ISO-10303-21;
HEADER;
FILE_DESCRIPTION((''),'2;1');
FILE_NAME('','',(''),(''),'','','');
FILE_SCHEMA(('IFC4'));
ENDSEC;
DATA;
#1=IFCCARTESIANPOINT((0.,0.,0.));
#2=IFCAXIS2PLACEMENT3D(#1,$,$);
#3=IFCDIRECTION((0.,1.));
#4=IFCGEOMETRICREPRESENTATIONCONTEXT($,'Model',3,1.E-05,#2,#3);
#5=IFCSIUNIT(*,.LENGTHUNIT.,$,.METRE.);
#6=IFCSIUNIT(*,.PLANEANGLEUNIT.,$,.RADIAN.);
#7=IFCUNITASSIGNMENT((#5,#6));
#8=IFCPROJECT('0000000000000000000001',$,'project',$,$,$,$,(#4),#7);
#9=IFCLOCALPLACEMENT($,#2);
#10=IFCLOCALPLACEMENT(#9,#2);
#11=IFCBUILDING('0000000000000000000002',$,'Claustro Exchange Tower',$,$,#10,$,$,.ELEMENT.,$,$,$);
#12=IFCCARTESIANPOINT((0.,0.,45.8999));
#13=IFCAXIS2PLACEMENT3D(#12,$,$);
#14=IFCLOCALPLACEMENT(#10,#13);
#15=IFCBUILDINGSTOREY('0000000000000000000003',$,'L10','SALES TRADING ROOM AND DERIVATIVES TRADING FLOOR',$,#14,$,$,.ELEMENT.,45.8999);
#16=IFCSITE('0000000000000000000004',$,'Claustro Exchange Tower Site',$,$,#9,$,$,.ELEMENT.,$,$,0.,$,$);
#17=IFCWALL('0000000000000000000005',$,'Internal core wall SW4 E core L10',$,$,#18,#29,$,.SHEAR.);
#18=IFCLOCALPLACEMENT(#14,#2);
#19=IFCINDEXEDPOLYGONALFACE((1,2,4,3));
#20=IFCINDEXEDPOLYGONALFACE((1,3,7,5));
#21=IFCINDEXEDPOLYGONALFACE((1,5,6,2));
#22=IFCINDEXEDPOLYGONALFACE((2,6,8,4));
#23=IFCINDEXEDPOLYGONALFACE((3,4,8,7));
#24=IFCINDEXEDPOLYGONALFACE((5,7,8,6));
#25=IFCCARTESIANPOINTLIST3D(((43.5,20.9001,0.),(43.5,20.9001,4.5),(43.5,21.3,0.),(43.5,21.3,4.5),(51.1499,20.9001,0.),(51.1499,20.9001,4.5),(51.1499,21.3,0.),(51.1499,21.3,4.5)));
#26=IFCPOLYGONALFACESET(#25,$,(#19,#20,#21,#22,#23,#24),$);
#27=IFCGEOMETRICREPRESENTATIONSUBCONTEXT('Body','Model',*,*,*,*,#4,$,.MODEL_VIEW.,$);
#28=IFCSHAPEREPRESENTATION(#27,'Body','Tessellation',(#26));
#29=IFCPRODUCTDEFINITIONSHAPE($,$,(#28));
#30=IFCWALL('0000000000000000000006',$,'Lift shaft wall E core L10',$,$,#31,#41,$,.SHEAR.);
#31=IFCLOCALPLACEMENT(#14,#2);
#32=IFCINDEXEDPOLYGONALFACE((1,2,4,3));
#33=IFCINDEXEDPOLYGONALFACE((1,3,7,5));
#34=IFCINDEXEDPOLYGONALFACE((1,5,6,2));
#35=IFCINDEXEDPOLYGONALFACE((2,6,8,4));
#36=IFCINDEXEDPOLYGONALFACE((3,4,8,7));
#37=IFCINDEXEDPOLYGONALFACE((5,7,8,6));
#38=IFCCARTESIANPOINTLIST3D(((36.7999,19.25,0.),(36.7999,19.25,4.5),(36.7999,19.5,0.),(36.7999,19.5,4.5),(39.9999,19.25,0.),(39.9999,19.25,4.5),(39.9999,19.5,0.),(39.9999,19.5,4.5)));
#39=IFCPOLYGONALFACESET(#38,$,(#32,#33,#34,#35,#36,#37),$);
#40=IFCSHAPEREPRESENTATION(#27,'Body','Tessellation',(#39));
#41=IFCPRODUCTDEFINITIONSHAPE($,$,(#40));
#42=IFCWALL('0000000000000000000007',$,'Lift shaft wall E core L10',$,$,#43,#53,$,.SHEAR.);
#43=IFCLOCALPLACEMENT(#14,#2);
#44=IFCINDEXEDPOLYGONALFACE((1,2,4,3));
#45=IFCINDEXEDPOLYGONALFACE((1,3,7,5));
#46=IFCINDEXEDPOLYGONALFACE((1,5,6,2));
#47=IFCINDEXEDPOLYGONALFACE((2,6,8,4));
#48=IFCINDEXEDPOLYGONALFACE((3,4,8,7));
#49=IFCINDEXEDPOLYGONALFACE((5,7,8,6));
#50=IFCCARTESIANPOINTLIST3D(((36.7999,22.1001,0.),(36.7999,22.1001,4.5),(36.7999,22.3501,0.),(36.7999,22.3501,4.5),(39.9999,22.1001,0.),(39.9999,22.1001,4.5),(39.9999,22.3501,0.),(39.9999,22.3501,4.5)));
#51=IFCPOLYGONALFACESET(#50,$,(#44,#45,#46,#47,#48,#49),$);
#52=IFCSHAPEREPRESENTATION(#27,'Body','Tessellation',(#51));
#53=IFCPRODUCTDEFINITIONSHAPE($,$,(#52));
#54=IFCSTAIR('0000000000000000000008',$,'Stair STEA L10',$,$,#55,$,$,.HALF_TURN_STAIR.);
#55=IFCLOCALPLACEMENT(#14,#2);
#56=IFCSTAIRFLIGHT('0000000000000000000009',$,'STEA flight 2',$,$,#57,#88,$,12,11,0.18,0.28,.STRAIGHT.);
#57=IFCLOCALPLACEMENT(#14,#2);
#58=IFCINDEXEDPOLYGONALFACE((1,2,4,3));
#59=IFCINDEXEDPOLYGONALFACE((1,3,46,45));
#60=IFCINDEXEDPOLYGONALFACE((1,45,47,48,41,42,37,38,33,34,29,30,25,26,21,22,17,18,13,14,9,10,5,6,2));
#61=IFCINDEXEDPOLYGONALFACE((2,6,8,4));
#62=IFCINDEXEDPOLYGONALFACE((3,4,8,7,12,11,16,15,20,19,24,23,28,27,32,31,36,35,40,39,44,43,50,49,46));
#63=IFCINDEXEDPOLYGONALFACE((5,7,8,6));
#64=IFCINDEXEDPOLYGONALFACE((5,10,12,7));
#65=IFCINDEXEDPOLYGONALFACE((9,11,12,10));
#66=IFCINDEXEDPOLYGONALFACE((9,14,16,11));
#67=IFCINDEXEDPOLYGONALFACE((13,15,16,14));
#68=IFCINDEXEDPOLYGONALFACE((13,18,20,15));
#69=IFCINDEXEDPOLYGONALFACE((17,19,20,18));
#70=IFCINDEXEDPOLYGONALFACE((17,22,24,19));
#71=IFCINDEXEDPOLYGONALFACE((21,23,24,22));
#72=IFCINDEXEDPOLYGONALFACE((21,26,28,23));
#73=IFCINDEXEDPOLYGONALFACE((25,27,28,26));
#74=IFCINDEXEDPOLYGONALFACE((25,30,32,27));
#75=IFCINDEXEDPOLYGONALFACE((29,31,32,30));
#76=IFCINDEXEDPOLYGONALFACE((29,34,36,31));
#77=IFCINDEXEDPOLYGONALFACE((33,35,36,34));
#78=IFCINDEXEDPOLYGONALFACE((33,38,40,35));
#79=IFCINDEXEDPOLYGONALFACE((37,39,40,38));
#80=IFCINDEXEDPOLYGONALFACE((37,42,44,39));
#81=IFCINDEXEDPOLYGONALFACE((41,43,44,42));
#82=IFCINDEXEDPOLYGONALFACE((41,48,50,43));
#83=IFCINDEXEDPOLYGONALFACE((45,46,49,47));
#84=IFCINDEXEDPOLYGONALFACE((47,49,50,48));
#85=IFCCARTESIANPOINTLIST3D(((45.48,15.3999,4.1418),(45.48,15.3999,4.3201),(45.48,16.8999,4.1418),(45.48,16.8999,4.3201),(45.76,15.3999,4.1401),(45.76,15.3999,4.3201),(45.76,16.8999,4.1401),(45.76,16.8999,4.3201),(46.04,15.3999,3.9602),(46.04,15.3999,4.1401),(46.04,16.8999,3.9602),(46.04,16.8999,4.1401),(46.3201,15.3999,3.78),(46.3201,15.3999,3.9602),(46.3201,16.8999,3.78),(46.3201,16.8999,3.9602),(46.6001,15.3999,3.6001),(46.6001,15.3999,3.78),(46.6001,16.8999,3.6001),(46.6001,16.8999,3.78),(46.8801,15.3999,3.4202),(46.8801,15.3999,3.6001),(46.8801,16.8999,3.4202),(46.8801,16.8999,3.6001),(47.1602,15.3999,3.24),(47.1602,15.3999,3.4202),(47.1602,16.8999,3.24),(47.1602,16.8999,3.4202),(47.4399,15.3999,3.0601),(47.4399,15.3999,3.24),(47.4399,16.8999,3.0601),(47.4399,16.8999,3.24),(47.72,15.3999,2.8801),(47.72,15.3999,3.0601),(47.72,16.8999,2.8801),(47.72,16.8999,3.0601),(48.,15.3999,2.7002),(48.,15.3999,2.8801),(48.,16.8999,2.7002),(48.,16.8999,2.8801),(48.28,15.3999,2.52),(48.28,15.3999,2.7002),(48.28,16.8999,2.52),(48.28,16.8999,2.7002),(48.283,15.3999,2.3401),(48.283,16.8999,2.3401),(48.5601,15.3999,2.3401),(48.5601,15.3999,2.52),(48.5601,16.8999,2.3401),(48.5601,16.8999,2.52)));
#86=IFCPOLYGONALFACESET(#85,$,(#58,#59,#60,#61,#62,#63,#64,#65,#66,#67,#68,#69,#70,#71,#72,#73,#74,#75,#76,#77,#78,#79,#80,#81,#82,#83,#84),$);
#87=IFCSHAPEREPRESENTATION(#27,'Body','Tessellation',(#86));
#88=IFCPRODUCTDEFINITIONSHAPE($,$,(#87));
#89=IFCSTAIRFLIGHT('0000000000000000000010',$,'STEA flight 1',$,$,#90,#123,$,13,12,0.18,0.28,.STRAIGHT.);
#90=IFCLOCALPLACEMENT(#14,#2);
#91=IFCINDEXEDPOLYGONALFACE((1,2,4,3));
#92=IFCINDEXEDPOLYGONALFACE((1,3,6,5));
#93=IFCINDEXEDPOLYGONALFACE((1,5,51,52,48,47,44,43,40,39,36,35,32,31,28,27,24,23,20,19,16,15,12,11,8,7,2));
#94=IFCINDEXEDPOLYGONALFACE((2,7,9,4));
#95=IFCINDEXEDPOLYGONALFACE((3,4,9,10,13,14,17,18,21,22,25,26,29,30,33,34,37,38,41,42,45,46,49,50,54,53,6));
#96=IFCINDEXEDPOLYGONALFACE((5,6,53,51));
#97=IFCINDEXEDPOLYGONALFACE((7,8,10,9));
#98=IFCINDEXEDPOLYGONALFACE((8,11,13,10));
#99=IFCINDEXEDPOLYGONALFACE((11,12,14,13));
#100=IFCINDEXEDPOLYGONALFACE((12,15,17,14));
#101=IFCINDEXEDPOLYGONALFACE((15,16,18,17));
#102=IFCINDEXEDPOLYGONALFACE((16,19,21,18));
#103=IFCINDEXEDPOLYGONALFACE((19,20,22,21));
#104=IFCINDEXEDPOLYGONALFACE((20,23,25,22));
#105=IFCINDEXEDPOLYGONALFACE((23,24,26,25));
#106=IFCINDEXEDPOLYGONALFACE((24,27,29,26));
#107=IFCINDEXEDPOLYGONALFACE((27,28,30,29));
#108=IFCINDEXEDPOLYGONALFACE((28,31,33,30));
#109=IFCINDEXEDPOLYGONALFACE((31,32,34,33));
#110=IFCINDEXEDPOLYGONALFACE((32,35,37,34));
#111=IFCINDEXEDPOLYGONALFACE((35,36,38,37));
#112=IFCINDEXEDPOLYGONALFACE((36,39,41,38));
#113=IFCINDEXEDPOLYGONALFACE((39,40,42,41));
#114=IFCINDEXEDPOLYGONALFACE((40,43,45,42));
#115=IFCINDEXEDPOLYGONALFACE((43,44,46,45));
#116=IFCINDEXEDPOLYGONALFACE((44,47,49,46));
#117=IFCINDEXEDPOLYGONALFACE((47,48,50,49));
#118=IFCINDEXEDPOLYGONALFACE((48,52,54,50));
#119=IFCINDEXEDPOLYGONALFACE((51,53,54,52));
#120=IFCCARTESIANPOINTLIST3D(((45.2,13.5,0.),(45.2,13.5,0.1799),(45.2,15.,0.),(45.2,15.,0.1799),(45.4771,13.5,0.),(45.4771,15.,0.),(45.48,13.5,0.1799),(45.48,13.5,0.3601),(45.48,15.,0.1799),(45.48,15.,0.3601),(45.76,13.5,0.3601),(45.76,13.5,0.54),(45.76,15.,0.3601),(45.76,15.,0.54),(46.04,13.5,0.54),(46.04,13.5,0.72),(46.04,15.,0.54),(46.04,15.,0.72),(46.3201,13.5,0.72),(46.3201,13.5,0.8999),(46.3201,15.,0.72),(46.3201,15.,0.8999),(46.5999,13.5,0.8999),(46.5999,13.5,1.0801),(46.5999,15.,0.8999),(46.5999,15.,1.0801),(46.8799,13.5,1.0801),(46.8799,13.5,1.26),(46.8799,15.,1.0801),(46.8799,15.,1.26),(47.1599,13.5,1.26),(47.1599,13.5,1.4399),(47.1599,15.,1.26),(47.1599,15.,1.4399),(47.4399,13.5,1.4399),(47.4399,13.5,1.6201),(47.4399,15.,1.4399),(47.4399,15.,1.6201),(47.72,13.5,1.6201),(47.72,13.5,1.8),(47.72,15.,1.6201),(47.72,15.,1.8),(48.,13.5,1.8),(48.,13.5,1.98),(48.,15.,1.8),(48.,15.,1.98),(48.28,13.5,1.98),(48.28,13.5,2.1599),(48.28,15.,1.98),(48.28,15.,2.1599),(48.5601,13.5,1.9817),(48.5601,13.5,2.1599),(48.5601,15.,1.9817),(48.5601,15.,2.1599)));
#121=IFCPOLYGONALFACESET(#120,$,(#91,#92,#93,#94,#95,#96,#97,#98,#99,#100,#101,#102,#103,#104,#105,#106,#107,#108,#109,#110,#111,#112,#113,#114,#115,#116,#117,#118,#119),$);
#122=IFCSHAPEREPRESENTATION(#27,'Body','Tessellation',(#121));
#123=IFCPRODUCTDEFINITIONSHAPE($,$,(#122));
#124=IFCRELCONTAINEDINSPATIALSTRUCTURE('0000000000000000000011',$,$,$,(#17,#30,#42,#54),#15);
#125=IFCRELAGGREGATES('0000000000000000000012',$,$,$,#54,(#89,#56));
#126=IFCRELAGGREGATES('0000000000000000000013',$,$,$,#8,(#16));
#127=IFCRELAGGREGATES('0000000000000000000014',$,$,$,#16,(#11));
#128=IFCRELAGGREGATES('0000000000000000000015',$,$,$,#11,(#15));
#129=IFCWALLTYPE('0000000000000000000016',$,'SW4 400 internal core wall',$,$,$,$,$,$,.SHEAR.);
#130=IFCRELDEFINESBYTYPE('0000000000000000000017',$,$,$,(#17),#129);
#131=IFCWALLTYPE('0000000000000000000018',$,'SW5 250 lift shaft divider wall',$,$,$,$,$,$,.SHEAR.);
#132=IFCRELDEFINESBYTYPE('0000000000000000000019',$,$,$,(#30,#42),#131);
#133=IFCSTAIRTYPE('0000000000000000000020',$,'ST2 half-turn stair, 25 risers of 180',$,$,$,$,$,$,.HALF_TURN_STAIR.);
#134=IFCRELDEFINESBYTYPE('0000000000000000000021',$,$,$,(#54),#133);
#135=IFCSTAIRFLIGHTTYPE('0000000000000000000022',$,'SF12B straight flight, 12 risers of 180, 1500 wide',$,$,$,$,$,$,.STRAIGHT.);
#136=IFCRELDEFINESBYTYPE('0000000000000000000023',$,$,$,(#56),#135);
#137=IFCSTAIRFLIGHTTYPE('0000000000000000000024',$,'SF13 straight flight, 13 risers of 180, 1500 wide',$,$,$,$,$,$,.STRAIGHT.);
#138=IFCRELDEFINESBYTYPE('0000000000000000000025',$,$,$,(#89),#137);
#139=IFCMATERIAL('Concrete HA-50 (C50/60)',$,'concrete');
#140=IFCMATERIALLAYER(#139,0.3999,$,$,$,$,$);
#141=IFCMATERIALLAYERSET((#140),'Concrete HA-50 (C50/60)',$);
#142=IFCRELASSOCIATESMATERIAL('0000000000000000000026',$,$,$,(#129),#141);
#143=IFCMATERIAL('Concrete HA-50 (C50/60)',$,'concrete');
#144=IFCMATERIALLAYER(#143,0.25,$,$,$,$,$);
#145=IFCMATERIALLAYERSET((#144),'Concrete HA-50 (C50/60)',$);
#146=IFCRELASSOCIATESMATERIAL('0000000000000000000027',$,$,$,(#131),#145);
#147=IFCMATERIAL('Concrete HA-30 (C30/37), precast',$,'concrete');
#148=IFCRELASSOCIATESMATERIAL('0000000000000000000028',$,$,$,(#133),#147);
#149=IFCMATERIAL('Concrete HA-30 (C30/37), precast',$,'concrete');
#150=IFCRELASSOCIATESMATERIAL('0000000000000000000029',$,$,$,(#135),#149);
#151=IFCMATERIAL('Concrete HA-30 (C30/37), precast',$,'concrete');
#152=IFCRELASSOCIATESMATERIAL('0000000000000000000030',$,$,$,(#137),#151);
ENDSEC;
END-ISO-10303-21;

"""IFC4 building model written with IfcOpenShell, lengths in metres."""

from ifc_helpers import new_model, si_unit, direction, frame, frame_2d, origin, place, context, subcontext, project, spatial, polyline, rectangle, outline, extrude, material, layer, layer_set, type_object, element, aggregate, save


model = new_model("IFC4")

# Units and contexts
model_context = context("Model", 3, precision=1e-05, world=origin(), true_north=direction((0.0, 1.0)))
body_context = subcontext(model_context, "Body", "Model", "MODEL_VIEW")
ifc_project = project(units=[si_unit("LENGTHUNIT", "METRE"), si_unit("PLANEANGLEUNIT", "RADIAN")], contexts=[model_context])

# Site, building, storey
site_placement = place(None, origin())
site = spatial("IfcSite", under=ifc_project, at=site_placement, Name="Claustro Exchange Tower Site", CompositionType="ELEMENT", RefElevation=0.0)
building_placement = place(site_placement, origin())
building = spatial("IfcBuilding", under=site, at=building_placement, Name="Claustro Exchange Tower", CompositionType="ELEMENT")
storey_placement = place(building_placement, frame((0.0, 0.0, 45.8999)))
storey = spatial("IfcBuildingStorey", under=building, at=storey_placement, Name="L10", Description="SALES TRADING ROOM AND DERIVATIVES TRADING FLOOR", CompositionType="ELEMENT", Elevation=45.8999)

# Shared definitions
ifc_material_1 = material(Name="Concrete HA-50 (C50/60)", Category="concrete")
ifc_layer_1 = layer(ifc_material_1, 0.3999)
ifc_layer_set_1 = layer_set([ifc_layer_1], Name="Concrete HA-50 (C50/60)")
wall_type_1 = type_object("IfcWallType", Name="SW4 400 internal core wall", PredefinedType="SHEAR", material=ifc_layer_set_1)

# Walls
for number, where, z_axis, x_axis, name in (
    (1, (51.1499, 21.1001, 0.0), (0.0, 0.0, 1.0), (-1.0, 0.0, 0.0), "Internal core wall SW4 E core L10"),
):
    element("IfcWall", number, at=place(storey_placement, frame(where, z_axis=z_axis, x_axis=x_axis)), inside=storey, type_object=wall_type_1, Name=name, PredefinedType="SHEAR", context=body_context, shape_type="SweptSolid", body=[
        extrude(rectangle(XDim=7.6499, YDim=0.3999, at=frame_2d((3.825, 0.0))), origin(), (0.0, 0.0, 1.0), 4.5),
    ])
ifc_material_2 = material(Name="Concrete HA-50 (C50/60)", Category="concrete")
ifc_layer_2 = layer(ifc_material_2, 0.25)
ifc_layer_set_2 = layer_set([ifc_layer_2], Name="Concrete HA-50 (C50/60)")
wall_type_2 = type_object("IfcWallType", Name="SW5 250 lift shaft divider wall", PredefinedType="SHEAR", material=ifc_layer_set_2)
for number, where, z_axis, x_axis, name in (
    (2, (40.0, 19.375, 0.0), (0.0, 0.0, 1.0), (-1.0, 0.0, 0.0), "Lift shaft wall E core L10"),
    (3, (40.0, 22.2251, 0.0), (0.0, 0.0, 1.0), (-1.0, 0.0, 0.0), "Lift shaft wall E core L10"),
):
    element("IfcWall", number, at=place(storey_placement, frame(where, z_axis=z_axis, x_axis=x_axis)), inside=storey, type_object=wall_type_2, Name=name, PredefinedType="SHEAR", context=body_context, shape_type="SweptSolid", body=[
        extrude(rectangle(XDim=3.2, YDim=0.25, at=frame_2d((1.6001, 0.0))), origin(), (0.0, 0.0, 1.0), 4.5),
    ])

# Stair, stair flights
ifc_material_3 = material(Name="Concrete HA-30 (C30/37), precast", Category="concrete")
stair_type = type_object("IfcStairType", Name="ST2 half-turn stair, 25 risers of 180", PredefinedType="HALF_TURN_STAIR", material=ifc_material_3)
stair_placement = place(storey_placement, origin())
stair = element("IfcStair", 4, at=stair_placement, inside=storey, type_object=stair_type, Name="Stair STEA L10", PredefinedType="HALF_TURN_STAIR")
ifc_material_4 = material(Name="Concrete HA-30 (C30/37), precast", Category="concrete")
stair_flight_type_1 = type_object("IfcStairFlightType", Name="SF12B straight flight, 12 risers of 180, 1500 wide", PredefinedType="STRAIGHT", material=ifc_material_4)
stair_flight_1_placement = place(storey_placement, frame((48.5601, 16.1499, 2.3401), z_axis=(0.0, 0.0, 1.0), x_axis=(-1.0, 0.0, 0.0)))
stair_flight_1 = element("IfcStairFlight", 5, at=stair_flight_1_placement, type_object=stair_flight_type_1, Name="STEA flight 2", NumberOfRisers=12, NumberOfTreads=11, PredefinedType="STRAIGHT", RiserHeight=0.18, TreadLength=0.28, context=body_context, shape_type="SweptSolid", body=[
    extrude(outline(polyline([(0.0, 0.0), (0.0, 0.1799), (0.28, 0.1799), (0.28, 0.3601), (0.5601, 0.3601), (0.5601, 0.54), (0.8401, 0.54), (0.8401, 0.72), (1.1201, 0.72), (1.1201, 0.8999), (1.3999, 0.8999), (1.3999, 1.0801), (1.6799, 1.0801), (1.6799, 1.26), (1.96, 1.26), (1.96, 1.4399), (2.24, 1.4399), (2.24, 1.6201), (2.52, 1.6201), (2.52, 1.8), (2.8, 1.8), (2.8, 1.98), (3.0801, 1.98), (3.0801, 2.1599), (3.0801, 1.8018), (0.2771, 0.0), (0.0, 0.0)])), frame((0.0, 0.75, 0.0), z_axis=(0.0, -1.0, 0.0), x_axis=(1.0, 0.0, 0.0)), (0.0, 0.0, 1.0), 1.5),
])
ifc_material_5 = material(Name="Concrete HA-30 (C30/37), precast", Category="concrete")
stair_flight_type_2 = type_object("IfcStairFlightType", Name="SF13 straight flight, 13 risers of 180, 1500 wide", PredefinedType="STRAIGHT", material=ifc_material_5)
stair_flight_2_placement = place(storey_placement, frame((45.2, 14.25, 0.0), z_axis=(0.0, 0.0, 1.0), x_axis=(1.0, 0.0, 0.0)))
stair_flight_2 = element("IfcStairFlight", 6, at=stair_flight_2_placement, type_object=stair_flight_type_2, Name="STEA flight 1", NumberOfRisers=13, NumberOfTreads=12, PredefinedType="STRAIGHT", RiserHeight=0.18, TreadLength=0.28, context=body_context, shape_type="SweptSolid", body=[
    extrude(outline(polyline([(0.0, 0.0), (0.0, 0.1799), (0.28, 0.1799), (0.28, 0.3601), (0.5601, 0.3601), (0.5601, 0.54), (0.8401, 0.54), (0.8401, 0.72), (1.1201, 0.72), (1.1201, 0.8999), (1.3999, 0.8999), (1.3999, 1.0801), (1.6799, 1.0801), (1.6799, 1.26), (1.96, 1.26), (1.96, 1.4399), (2.24, 1.4399), (2.24, 1.6201), (2.52, 1.6201), (2.52, 1.8), (2.8, 1.8), (2.8, 1.98), (3.0801, 1.98), (3.0801, 2.1599), (3.3601, 2.1599), (3.3601, 2.3401), (3.3601, 1.9817), (0.2771, 0.0), (0.0, 0.0)])), frame((0.0, 0.75, 0.0), z_axis=(0.0, -1.0, 0.0), x_axis=(1.0, 0.0, 0.0)), (0.0, 0.0, 1.0), 1.5),
])
aggregate(stair, [stair_flight_2, stair_flight_1])

save(model, "model.ifc")
